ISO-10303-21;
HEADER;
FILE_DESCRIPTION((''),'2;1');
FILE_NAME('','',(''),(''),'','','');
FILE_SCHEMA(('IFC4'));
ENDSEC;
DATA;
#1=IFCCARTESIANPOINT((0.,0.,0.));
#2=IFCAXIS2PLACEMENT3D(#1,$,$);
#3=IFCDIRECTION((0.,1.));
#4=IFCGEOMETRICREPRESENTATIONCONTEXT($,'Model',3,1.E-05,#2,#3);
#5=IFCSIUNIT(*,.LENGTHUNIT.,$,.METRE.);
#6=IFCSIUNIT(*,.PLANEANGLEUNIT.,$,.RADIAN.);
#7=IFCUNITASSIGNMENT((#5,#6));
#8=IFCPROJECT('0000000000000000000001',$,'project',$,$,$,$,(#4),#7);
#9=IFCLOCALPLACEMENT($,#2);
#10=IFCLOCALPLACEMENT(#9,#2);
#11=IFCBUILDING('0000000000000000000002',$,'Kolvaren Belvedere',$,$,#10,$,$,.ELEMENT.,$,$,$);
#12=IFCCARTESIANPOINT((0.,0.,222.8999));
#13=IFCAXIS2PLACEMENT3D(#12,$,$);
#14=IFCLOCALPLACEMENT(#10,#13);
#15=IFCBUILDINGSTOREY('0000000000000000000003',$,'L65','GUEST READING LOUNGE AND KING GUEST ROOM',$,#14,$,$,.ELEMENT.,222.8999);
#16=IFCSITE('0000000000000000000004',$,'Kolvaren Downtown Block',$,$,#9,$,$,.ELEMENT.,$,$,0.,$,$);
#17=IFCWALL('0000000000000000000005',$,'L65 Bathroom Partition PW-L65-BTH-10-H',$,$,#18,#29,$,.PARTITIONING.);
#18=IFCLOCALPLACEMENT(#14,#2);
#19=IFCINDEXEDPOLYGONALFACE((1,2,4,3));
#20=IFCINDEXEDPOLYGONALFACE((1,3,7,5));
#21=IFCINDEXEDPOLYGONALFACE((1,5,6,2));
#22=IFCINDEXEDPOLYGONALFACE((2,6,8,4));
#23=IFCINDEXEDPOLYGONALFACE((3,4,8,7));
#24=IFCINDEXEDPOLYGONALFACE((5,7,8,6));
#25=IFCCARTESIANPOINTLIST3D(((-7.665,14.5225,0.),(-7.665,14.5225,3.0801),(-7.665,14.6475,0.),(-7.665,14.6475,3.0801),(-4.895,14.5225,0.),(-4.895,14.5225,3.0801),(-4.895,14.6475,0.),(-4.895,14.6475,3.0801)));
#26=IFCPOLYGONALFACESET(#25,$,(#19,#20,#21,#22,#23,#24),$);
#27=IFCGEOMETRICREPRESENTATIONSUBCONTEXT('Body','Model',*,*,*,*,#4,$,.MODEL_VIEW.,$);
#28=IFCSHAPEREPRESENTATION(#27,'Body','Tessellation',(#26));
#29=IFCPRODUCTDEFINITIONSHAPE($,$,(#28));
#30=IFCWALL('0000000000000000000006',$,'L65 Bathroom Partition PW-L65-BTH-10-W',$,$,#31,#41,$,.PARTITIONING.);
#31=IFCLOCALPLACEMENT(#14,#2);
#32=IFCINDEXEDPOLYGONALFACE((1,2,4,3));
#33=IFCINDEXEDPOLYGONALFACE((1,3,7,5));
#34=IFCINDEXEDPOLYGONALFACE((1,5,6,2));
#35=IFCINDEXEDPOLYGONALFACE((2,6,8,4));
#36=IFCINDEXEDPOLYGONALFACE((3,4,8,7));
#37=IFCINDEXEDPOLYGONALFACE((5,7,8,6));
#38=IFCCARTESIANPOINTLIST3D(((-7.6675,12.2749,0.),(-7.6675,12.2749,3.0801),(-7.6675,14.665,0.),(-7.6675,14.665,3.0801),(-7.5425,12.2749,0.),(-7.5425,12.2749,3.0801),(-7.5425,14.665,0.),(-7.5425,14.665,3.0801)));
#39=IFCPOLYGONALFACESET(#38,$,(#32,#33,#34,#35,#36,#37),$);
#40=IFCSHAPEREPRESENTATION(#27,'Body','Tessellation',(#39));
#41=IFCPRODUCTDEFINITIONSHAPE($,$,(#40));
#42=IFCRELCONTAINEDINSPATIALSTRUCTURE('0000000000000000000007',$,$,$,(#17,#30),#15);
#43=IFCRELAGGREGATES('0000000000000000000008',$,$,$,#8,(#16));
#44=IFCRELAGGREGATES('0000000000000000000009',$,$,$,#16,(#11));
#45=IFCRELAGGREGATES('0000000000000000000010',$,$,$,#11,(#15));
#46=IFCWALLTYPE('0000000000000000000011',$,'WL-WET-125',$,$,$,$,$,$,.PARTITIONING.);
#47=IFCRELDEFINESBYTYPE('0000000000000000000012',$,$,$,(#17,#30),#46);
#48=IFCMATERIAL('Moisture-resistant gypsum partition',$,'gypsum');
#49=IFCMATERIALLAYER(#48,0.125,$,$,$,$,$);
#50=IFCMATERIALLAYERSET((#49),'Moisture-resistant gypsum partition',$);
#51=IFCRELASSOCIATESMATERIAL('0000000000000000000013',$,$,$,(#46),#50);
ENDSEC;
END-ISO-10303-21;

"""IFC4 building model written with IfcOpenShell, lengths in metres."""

from ifc_helpers import new_model, si_unit, direction, frame, frame_2d, origin, place, context, subcontext, project, spatial, rectangle, extrude, material, layer, layer_set, type_object, element, save


model = new_model("IFC4")

# Units and contexts
model_context = context("Model", 3, precision=1e-05, world=origin(), true_north=direction((0.0, 1.0)))
body_context = subcontext(model_context, "Body", "Model", "MODEL_VIEW")
ifc_project = project(units=[si_unit("LENGTHUNIT", "METRE"), si_unit("PLANEANGLEUNIT", "RADIAN")], contexts=[model_context])

# Site, building, storey
site_placement = place(None, origin())
site = spatial("IfcSite", under=ifc_project, at=site_placement, Name="Kolvaren Downtown Block", CompositionType="ELEMENT", RefElevation=0.0)
building_placement = place(site_placement, origin())
building = spatial("IfcBuilding", under=site, at=building_placement, Name="Kolvaren Belvedere", CompositionType="ELEMENT")
storey_placement = place(building_placement, frame((0.0, 0.0, 222.8999)))
storey = spatial("IfcBuildingStorey", under=building, at=storey_placement, Name="L65", Description="GUEST READING LOUNGE AND KING GUEST ROOM", CompositionType="ELEMENT", Elevation=222.8999)

# Shared definitions
ifc_material_1 = material(Name="Moisture-resistant gypsum partition", Category="gypsum")
ifc_layer_1 = layer(ifc_material_1, 0.125)
ifc_layer_set_1 = layer_set([ifc_layer_1], Name="Moisture-resistant gypsum partition")
wall_type_1 = type_object("IfcWallType", Name="WL-WET-125", PredefinedType="PARTITIONING", material=ifc_layer_set_1)

# Walls
wall_1_placement = place(storey_placement, frame((-7.665, 14.585, 0.0), z_axis=(0.0, 0.0, 1.0), x_axis=(1.0, 0.0, 0.0)))
element("IfcWall", 1, at=wall_1_placement, inside=storey, type_object=wall_type_1, Name="L65 Bathroom Partition PW-L65-BTH-10-H", PredefinedType="PARTITIONING", context=body_context, shape_type="SweptSolid", body=[
    extrude(rectangle(XDim=2.77, YDim=0.125, at=frame_2d((1.385, 0.0))), origin(), (0.0, 0.0, 1.0), 3.0801),
])
wall_2_placement = place(storey_placement, frame((-7.605, 12.2749, 0.0), z_axis=(0.0, 0.0, 1.0), x_axis=(0.0, 1.0, 0.0)))
element("IfcWall", 2, at=wall_2_placement, inside=storey, type_object=wall_type_1, Name="L65 Bathroom Partition PW-L65-BTH-10-W", PredefinedType="PARTITIONING", context=body_context, shape_type="SweptSolid", body=[
    extrude(rectangle(XDim=2.3901, YDim=0.125, at=frame_2d((1.1951, 0.0))), origin(), (0.0, 0.0, 1.0), 3.0801),
])

save(model, "model.ifc")
